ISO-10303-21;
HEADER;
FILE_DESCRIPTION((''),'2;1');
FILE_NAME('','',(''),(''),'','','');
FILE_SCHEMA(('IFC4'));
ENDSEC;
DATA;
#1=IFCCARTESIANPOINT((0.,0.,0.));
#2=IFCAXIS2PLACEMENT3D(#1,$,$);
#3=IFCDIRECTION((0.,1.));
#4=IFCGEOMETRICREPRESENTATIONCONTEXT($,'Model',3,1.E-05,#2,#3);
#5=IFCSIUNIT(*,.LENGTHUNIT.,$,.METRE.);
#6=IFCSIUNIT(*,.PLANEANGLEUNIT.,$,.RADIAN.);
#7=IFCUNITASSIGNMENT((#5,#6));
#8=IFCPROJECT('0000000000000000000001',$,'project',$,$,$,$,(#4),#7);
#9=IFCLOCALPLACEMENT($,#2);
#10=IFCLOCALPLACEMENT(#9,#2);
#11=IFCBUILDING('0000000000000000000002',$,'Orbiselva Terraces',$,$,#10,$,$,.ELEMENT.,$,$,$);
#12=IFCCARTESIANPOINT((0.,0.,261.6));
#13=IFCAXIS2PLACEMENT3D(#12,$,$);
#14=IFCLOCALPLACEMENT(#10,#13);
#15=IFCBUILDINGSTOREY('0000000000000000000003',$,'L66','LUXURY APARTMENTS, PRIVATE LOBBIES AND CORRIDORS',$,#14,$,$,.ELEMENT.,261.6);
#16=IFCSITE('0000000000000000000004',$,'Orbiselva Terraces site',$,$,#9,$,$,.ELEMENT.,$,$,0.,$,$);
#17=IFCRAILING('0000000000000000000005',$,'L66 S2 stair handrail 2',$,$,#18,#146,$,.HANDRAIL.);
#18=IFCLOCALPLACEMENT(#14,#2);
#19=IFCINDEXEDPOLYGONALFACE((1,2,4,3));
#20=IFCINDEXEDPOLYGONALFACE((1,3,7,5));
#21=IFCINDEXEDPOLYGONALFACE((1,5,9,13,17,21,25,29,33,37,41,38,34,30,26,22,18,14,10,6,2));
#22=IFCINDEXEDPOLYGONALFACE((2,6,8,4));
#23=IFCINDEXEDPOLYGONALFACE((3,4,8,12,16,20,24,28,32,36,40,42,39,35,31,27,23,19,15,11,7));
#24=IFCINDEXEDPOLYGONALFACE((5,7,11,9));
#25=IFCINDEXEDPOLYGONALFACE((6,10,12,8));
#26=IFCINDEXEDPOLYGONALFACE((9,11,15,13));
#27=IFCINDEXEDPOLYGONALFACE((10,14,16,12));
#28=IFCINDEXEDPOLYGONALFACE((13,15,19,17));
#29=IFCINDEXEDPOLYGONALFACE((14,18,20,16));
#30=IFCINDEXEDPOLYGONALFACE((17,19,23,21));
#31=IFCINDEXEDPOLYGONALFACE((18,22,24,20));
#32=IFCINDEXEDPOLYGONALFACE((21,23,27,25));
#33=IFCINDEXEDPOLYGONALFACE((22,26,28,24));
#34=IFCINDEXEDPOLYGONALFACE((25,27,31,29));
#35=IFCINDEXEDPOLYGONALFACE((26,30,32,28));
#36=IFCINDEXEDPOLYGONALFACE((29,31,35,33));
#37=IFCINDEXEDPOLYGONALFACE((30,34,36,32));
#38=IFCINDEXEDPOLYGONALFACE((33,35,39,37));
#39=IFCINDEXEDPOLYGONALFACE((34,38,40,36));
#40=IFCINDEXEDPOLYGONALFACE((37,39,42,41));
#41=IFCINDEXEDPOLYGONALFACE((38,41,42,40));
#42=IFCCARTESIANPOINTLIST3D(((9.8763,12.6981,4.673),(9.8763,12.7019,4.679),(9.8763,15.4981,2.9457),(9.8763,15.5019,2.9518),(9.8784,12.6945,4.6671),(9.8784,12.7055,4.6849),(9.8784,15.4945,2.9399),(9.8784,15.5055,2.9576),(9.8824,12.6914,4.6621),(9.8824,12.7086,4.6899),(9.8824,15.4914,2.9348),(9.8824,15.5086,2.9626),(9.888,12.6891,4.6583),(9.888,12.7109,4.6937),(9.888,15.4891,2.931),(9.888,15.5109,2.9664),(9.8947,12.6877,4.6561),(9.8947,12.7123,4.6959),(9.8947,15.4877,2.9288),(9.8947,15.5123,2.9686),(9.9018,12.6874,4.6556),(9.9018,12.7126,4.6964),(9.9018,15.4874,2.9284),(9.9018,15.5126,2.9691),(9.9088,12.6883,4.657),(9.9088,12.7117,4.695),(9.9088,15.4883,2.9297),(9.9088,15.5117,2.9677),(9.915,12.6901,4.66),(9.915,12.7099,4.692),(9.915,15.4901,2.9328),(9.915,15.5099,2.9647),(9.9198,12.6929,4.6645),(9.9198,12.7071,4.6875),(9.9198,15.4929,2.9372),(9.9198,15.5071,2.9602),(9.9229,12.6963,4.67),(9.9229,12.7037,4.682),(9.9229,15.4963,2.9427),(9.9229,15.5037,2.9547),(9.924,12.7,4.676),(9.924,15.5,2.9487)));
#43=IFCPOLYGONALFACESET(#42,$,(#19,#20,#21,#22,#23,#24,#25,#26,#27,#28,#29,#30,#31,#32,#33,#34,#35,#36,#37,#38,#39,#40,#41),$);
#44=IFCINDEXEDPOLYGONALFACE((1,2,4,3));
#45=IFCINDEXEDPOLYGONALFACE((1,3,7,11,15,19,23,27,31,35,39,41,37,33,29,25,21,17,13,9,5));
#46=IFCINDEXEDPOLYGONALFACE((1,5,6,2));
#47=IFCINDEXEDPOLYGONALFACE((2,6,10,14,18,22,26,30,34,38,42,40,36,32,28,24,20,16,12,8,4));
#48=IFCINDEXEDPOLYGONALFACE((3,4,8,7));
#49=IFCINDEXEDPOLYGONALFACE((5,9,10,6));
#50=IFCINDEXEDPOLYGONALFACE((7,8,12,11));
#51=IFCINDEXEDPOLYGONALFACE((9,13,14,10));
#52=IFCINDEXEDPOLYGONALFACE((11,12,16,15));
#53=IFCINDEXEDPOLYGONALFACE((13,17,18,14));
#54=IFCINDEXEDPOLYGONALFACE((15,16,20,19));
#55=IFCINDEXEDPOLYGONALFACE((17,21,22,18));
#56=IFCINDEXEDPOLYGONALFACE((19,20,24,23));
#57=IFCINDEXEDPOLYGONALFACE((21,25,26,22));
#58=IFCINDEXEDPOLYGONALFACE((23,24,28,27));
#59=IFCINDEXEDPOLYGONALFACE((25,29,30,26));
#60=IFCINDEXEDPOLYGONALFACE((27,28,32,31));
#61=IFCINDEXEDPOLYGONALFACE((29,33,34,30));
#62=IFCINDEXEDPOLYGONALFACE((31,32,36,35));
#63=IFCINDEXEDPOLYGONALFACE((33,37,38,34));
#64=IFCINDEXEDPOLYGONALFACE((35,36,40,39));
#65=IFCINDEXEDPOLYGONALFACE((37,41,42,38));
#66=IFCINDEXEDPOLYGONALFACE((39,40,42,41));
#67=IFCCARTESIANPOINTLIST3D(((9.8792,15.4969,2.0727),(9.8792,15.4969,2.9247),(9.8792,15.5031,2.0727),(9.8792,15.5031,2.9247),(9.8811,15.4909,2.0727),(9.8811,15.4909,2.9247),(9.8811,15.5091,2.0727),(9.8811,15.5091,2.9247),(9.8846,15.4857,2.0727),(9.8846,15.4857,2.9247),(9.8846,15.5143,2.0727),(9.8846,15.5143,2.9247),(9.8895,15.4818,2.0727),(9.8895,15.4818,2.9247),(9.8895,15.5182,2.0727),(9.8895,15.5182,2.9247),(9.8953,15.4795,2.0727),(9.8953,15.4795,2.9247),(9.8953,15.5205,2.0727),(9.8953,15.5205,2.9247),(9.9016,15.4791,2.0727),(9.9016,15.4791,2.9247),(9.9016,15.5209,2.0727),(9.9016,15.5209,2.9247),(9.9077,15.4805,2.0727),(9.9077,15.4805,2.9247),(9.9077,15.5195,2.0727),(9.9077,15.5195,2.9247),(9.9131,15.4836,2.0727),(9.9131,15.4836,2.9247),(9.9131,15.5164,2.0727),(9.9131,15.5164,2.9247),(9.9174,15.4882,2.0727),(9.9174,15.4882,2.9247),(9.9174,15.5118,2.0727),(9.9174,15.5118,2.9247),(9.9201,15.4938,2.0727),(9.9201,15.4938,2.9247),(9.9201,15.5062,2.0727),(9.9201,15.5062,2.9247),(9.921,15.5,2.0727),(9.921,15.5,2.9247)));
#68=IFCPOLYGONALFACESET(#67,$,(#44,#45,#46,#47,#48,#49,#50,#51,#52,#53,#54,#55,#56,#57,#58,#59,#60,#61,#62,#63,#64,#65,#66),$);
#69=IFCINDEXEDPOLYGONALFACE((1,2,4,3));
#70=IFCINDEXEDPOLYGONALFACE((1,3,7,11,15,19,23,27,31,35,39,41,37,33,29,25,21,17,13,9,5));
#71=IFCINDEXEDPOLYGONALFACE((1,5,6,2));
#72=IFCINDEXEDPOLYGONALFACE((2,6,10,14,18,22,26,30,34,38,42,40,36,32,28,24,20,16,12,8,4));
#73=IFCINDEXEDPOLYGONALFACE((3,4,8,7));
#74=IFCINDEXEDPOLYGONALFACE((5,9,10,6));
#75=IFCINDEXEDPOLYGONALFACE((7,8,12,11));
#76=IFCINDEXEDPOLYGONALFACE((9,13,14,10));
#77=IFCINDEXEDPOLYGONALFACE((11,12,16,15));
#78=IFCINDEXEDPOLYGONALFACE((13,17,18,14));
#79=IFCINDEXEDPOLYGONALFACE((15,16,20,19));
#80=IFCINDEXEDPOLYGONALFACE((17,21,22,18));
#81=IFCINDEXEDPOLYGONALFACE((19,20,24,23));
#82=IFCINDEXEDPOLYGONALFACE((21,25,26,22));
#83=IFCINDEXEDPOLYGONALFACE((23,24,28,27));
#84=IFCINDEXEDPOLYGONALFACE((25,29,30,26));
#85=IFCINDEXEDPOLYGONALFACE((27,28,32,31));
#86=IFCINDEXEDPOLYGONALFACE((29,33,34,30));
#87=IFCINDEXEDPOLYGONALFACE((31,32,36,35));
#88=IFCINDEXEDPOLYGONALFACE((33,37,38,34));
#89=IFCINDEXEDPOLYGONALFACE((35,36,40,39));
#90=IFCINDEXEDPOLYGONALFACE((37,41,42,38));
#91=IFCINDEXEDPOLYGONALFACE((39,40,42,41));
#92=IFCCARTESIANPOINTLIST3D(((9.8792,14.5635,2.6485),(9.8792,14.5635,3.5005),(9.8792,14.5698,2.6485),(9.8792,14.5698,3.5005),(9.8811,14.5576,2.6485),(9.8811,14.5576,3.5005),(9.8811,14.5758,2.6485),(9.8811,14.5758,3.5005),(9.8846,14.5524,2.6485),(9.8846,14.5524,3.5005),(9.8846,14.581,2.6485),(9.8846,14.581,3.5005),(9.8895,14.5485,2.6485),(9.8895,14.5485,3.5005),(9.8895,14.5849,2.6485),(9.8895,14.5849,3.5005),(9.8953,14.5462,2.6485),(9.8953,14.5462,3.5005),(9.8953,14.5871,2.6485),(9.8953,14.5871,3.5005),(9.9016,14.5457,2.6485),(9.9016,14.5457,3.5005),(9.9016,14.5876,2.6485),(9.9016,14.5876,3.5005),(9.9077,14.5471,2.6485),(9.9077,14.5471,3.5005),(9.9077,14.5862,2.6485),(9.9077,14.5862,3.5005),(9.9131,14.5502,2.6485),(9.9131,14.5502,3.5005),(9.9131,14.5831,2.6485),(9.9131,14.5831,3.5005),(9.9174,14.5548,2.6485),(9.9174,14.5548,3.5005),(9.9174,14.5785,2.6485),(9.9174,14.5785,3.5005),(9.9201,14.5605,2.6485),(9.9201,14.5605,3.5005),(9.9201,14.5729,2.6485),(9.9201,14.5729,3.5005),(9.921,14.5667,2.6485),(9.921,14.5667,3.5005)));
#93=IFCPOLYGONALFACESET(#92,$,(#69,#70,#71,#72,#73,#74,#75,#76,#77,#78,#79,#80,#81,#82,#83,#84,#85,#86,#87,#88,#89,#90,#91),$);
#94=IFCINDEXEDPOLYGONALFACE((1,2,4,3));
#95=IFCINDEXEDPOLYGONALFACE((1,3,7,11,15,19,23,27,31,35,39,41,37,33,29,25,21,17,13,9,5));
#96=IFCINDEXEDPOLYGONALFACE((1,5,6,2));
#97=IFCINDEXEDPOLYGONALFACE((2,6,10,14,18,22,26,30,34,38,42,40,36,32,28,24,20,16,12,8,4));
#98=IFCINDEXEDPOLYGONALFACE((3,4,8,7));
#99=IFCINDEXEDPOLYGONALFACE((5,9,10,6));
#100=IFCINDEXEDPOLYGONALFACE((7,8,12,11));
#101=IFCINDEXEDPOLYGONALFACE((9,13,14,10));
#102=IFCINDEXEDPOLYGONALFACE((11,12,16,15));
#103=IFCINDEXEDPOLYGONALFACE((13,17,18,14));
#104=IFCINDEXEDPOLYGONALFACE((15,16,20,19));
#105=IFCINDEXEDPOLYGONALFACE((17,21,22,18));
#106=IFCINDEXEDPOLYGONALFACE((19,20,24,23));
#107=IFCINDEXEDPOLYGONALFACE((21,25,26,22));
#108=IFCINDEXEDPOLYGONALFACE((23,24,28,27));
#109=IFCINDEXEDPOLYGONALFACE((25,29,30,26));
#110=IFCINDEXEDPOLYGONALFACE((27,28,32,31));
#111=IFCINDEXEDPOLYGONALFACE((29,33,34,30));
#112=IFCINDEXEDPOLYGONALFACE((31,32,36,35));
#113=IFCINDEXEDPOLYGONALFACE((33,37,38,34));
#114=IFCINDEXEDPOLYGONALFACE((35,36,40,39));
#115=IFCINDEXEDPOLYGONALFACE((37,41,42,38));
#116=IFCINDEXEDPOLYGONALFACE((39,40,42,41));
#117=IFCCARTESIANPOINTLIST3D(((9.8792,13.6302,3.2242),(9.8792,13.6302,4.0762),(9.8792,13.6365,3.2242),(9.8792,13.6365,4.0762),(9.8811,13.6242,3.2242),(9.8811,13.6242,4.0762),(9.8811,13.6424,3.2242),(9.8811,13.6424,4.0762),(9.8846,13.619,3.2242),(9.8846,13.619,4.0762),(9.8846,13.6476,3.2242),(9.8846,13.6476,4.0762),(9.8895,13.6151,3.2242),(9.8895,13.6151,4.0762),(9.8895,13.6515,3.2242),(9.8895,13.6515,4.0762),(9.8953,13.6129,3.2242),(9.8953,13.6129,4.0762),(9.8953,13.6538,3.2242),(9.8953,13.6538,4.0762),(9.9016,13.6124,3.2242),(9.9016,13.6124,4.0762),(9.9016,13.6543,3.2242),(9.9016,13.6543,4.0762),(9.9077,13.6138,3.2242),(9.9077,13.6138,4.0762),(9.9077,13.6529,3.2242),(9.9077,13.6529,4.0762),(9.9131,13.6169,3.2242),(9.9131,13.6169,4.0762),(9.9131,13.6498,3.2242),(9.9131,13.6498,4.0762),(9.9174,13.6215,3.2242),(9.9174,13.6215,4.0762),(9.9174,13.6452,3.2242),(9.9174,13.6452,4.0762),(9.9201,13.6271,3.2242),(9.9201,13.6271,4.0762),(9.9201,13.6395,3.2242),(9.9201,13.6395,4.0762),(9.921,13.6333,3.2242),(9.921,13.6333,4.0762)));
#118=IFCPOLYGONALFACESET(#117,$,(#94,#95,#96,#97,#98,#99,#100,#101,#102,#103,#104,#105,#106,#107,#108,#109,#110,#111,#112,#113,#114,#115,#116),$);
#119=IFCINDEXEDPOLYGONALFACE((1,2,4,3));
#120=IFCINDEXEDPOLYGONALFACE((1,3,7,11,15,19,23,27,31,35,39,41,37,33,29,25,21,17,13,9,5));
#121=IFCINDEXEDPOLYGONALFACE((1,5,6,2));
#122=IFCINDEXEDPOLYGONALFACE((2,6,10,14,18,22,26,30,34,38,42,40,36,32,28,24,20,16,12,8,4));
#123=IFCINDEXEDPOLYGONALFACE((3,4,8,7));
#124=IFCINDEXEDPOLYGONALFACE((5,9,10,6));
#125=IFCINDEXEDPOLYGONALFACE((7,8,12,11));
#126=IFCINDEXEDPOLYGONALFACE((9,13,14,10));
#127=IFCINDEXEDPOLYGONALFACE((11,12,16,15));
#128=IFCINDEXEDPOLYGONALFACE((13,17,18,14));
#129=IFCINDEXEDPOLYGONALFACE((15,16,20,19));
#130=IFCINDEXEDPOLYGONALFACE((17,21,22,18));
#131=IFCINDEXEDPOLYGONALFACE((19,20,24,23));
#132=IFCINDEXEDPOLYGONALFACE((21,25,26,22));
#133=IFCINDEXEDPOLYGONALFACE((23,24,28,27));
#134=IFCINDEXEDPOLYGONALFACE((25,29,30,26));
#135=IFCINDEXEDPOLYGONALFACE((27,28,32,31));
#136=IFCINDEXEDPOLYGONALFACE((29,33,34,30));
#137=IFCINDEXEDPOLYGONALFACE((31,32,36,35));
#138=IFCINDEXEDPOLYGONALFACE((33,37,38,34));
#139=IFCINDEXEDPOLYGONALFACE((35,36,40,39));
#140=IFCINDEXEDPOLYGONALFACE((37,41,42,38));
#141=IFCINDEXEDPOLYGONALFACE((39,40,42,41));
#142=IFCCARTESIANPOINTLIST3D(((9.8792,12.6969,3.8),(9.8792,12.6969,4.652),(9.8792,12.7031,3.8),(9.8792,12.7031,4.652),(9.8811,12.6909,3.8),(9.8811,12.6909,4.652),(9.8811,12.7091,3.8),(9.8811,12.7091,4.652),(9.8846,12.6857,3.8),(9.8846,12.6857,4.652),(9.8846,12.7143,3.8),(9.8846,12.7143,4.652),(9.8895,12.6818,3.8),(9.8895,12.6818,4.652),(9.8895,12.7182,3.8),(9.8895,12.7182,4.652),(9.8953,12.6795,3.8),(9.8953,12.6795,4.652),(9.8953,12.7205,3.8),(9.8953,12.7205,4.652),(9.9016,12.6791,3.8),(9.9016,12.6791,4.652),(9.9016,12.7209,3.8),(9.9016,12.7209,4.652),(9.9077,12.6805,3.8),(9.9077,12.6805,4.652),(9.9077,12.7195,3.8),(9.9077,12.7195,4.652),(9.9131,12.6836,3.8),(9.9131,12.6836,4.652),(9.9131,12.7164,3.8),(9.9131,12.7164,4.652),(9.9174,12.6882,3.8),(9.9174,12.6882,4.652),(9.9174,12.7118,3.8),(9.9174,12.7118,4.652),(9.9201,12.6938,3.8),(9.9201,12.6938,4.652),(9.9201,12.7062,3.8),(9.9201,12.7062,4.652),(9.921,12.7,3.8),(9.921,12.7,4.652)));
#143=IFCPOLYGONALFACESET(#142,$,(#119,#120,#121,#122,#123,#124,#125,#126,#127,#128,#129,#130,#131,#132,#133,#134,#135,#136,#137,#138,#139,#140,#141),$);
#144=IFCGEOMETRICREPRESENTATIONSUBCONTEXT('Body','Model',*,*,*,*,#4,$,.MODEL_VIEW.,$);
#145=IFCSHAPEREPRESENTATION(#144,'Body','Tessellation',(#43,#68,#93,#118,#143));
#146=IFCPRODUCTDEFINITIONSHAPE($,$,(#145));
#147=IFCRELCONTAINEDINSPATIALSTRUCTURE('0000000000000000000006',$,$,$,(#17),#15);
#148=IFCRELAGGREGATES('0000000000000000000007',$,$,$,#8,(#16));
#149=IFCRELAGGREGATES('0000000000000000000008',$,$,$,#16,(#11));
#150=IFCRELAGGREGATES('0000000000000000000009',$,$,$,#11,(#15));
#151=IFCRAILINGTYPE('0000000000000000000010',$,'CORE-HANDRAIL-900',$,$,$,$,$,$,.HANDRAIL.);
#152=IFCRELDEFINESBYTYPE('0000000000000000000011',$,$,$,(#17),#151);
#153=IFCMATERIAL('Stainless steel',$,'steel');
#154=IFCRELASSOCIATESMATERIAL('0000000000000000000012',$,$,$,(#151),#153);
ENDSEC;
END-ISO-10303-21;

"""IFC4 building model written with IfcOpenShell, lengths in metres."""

from ifc_helpers import new_model, si_unit, direction, frame, origin, origin_2d, place, context, subcontext, project, spatial, circle, extrude, material, type_object, element, save


model = new_model("IFC4")

# Units and contexts
model_context = context("Model", 3, precision=1e-05, world=origin(), true_north=direction((0.0, 1.0)))
body_context = subcontext(model_context, "Body", "Model", "MODEL_VIEW")
ifc_project = project(units=[si_unit("LENGTHUNIT", "METRE"), si_unit("PLANEANGLEUNIT", "RADIAN")], contexts=[model_context])

# Site, building, storey
site_placement = place(None, origin())
site = spatial("IfcSite", under=ifc_project, at=site_placement, Name="Orbiselva Terraces site", CompositionType="ELEMENT", RefElevation=0.0)
building_placement = place(site_placement, origin())
building = spatial("IfcBuilding", under=site, at=building_placement, Name="Orbiselva Terraces", CompositionType="ELEMENT")
storey_placement = place(building_placement, frame((0.0, 0.0, 261.6)))
storey = spatial("IfcBuildingStorey", under=building, at=storey_placement, Name="L66", Description="LUXURY APARTMENTS, PRIVATE LOBBIES AND CORRIDORS", CompositionType="ELEMENT", Elevation=261.6)

# Railing
ifc_material_1 = material(Name="Stainless steel", Category="steel")
railing_type = type_object("IfcRailingType", Name="CORE-HANDRAIL-900", PredefinedType="HANDRAIL", material=ifc_material_1)
railing_1_placement = place(storey_placement, frame((9.9, 15.5, 2.0727)))
element("IfcRailing", 1, at=railing_1_placement, inside=storey, type_object=railing_type, Name="L66 S2 stair handrail 2", PredefinedType="HANDRAIL", context=body_context, shape_type="SweptSolid", body=[
    extrude(circle(Radius=0.024, at=origin_2d()), frame((0.0, 0.0, 0.876), z_axis=(0.0, -0.851089, 0.525022), x_axis=(1.0, 0.0, 0.0)), (0.0, 0.0, 1.0), 3.2899),
    extrude(circle(Radius=0.021, at=origin_2d()), origin(), (0.0, 0.0, 1.0), 0.852),
    extrude(circle(Radius=0.021, at=origin_2d()), frame((0.0, -0.9333, 0.5758)), (0.0, 0.0, 1.0), 0.852),
    extrude(circle(Radius=0.021, at=origin_2d()), frame((0.0, -1.8667, 1.1515)), (0.0, 0.0, 1.0), 0.852),
    extrude(circle(Radius=0.021, at=origin_2d()), frame((0.0, -2.8, 1.7273)), (0.0, 0.0, 1.0), 0.852),
])

save(model, "model.ifc")
